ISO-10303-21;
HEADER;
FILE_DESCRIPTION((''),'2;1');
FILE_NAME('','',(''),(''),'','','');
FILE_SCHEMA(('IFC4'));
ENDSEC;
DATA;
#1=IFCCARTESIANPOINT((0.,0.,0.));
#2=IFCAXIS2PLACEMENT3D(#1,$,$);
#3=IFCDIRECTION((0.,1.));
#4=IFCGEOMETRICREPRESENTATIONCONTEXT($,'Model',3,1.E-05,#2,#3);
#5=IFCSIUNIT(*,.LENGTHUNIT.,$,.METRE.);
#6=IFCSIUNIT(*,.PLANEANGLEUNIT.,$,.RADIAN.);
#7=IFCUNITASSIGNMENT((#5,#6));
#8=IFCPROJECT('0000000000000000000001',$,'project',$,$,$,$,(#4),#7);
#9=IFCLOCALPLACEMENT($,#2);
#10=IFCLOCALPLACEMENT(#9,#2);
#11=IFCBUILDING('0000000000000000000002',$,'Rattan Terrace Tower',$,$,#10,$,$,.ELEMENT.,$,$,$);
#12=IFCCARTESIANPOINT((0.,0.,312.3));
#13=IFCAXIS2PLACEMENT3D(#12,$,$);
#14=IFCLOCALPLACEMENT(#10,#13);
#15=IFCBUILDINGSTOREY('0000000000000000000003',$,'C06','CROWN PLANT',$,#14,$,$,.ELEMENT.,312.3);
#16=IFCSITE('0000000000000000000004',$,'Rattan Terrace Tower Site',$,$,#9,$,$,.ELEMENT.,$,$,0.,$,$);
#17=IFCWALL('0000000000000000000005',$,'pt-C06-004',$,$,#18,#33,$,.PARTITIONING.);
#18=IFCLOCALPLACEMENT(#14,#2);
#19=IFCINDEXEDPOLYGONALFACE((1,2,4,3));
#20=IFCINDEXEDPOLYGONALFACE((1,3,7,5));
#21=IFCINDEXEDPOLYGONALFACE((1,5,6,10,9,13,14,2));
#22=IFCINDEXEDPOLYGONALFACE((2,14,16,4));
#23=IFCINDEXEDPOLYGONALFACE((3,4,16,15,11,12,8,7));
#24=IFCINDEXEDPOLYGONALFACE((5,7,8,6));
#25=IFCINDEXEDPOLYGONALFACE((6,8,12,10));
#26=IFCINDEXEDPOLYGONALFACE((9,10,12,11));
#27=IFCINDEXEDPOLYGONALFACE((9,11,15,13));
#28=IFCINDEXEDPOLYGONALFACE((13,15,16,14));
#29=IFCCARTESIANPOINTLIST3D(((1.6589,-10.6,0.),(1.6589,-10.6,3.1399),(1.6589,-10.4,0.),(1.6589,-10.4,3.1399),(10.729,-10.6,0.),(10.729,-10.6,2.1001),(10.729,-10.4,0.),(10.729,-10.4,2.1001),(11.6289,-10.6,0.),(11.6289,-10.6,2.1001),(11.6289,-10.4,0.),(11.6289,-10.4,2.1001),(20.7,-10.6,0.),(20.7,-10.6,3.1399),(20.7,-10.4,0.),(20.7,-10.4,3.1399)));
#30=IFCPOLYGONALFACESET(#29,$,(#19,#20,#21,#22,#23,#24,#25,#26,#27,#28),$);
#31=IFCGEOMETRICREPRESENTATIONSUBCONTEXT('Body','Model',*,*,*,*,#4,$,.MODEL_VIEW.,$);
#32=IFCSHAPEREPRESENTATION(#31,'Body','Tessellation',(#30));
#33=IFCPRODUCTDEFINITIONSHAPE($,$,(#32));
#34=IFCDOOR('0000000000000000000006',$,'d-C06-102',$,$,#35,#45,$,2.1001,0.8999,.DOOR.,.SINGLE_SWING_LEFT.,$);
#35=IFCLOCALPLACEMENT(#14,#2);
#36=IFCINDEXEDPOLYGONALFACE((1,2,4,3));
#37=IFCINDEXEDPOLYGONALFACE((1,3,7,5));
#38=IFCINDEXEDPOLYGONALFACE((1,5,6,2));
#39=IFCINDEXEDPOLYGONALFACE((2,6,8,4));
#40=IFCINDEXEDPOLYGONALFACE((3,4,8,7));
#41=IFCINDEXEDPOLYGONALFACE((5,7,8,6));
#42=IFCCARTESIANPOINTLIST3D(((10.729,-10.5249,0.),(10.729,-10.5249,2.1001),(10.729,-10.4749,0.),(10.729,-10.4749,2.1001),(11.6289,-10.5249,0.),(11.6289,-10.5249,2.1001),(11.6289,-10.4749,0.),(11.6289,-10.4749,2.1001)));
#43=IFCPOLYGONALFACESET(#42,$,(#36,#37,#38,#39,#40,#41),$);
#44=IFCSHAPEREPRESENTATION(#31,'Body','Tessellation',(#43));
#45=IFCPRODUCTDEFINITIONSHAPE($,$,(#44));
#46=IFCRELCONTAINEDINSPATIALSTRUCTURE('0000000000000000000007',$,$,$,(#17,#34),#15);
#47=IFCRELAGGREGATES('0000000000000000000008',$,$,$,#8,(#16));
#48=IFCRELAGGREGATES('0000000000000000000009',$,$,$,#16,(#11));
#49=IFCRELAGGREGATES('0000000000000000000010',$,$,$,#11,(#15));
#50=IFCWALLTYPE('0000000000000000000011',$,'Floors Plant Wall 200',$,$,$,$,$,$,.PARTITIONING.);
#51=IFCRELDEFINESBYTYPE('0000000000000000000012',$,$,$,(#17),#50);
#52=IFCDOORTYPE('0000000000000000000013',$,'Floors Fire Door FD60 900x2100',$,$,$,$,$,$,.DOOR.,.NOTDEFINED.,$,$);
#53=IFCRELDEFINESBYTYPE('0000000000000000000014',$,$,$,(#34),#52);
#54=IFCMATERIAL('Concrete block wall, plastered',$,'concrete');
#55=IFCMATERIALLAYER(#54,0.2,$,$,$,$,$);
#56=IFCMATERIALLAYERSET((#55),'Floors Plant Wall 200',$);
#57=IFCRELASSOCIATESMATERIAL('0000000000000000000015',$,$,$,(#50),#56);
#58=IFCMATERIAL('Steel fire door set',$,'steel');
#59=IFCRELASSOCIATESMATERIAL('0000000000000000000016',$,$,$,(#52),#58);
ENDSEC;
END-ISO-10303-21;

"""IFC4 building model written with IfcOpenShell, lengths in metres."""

from ifc_helpers import new_model, si_unit, direction, frame, frame_2d, origin, place, context, subcontext, project, spatial, rectangle, extrude, material, layer, layer_set, type_object, element, fill, save


model = new_model("IFC4")

# Units and contexts
model_context = context("Model", 3, precision=1e-05, world=origin(), true_north=direction((0.0, 1.0)))
body_context = subcontext(model_context, "Body", "Model", "MODEL_VIEW")
ifc_project = project(units=[si_unit("LENGTHUNIT", "METRE"), si_unit("PLANEANGLEUNIT", "RADIAN")], contexts=[model_context])

# Site, building, storey
site_placement = place(None, origin())
site = spatial("IfcSite", under=ifc_project, at=site_placement, Name="Rattan Terrace Tower Site", CompositionType="ELEMENT", RefElevation=0.0)
building_placement = place(site_placement, origin())
building = spatial("IfcBuilding", under=site, at=building_placement, Name="Rattan Terrace Tower", CompositionType="ELEMENT")
storey_placement = place(building_placement, frame((0.0, 0.0, 312.3)))
storey = spatial("IfcBuildingStorey", under=building, at=storey_placement, Name="C06", Description="CROWN PLANT", CompositionType="ELEMENT", Elevation=312.3)

# Shared definitions
ifc_material_1 = material(Name="Concrete block wall, plastered", Category="concrete")
ifc_layer_1 = layer(ifc_material_1, 0.2)
ifc_layer_set_1 = layer_set([ifc_layer_1], Name="Floors Plant Wall 200")
wall_type = type_object("IfcWallType", Name="Floors Plant Wall 200", PredefinedType="PARTITIONING", material=ifc_layer_set_1)

# Wall, opening, door
wall_1_placement = place(storey_placement, frame((20.7, -10.5, 0.0), z_axis=(0.0, 0.0, 1.0), x_axis=(-1.0, 0.0, 0.0)))
wall_1 = element("IfcWall", 1, at=wall_1_placement, inside=storey, type_object=wall_type, Name="pt-C06-004", PredefinedType="PARTITIONING", context=body_context, shape_type="SweptSolid", body=[
    extrude(rectangle(XDim=19.041, YDim=0.2, at=frame_2d((9.5205, 0.0))), origin(), (0.0, 0.0, 1.0), 3.1399),
])
opening_placement = place(wall_1_placement, frame((9.071, 0.0, 0.0)))
opening = element("IfcOpeningElement", 2, at=opening_placement, cuts=wall_1, PredefinedType="OPENING", context=body_context, shape_type="SweptSolid", body=[
    extrude(rectangle(XDim=0.8999, YDim=2.1001, at=frame_2d((0.45, 1.05))), frame((0.0, 0.1106, 0.0), z_axis=(0.0, -1.0, 0.0), x_axis=(1.0, 0.0, 0.0)), (0.0, 0.0, 1.0), 0.2209),
])
ifc_material_2 = material(Name="Steel fire door set", Category="steel")
door_type = type_object("IfcDoorType", Name="Floors Fire Door FD60 900x2100", OperationType="NOTDEFINED", PredefinedType="DOOR", material=ifc_material_2)
door_placement = place(opening_placement, origin())
door = element("IfcDoor", 3, at=door_placement, inside=storey, type_object=door_type, Name="d-C06-102", OperationType="SINGLE_SWING_LEFT", OverallHeight=2.1001, OverallWidth=0.8999, PredefinedType="DOOR", context=body_context, shape_type="SweptSolid", body=[
    extrude(rectangle(XDim=0.8999, YDim=2.1001, at=frame_2d((0.45, 1.05))), frame((0.0, 0.0249, 0.0), z_axis=(0.0, -1.0, 0.0), x_axis=(1.0, 0.0, 0.0)), (0.0, 0.0, 1.0), 0.05),
])
fill(opening, door)

save(model, "model.ifc")
